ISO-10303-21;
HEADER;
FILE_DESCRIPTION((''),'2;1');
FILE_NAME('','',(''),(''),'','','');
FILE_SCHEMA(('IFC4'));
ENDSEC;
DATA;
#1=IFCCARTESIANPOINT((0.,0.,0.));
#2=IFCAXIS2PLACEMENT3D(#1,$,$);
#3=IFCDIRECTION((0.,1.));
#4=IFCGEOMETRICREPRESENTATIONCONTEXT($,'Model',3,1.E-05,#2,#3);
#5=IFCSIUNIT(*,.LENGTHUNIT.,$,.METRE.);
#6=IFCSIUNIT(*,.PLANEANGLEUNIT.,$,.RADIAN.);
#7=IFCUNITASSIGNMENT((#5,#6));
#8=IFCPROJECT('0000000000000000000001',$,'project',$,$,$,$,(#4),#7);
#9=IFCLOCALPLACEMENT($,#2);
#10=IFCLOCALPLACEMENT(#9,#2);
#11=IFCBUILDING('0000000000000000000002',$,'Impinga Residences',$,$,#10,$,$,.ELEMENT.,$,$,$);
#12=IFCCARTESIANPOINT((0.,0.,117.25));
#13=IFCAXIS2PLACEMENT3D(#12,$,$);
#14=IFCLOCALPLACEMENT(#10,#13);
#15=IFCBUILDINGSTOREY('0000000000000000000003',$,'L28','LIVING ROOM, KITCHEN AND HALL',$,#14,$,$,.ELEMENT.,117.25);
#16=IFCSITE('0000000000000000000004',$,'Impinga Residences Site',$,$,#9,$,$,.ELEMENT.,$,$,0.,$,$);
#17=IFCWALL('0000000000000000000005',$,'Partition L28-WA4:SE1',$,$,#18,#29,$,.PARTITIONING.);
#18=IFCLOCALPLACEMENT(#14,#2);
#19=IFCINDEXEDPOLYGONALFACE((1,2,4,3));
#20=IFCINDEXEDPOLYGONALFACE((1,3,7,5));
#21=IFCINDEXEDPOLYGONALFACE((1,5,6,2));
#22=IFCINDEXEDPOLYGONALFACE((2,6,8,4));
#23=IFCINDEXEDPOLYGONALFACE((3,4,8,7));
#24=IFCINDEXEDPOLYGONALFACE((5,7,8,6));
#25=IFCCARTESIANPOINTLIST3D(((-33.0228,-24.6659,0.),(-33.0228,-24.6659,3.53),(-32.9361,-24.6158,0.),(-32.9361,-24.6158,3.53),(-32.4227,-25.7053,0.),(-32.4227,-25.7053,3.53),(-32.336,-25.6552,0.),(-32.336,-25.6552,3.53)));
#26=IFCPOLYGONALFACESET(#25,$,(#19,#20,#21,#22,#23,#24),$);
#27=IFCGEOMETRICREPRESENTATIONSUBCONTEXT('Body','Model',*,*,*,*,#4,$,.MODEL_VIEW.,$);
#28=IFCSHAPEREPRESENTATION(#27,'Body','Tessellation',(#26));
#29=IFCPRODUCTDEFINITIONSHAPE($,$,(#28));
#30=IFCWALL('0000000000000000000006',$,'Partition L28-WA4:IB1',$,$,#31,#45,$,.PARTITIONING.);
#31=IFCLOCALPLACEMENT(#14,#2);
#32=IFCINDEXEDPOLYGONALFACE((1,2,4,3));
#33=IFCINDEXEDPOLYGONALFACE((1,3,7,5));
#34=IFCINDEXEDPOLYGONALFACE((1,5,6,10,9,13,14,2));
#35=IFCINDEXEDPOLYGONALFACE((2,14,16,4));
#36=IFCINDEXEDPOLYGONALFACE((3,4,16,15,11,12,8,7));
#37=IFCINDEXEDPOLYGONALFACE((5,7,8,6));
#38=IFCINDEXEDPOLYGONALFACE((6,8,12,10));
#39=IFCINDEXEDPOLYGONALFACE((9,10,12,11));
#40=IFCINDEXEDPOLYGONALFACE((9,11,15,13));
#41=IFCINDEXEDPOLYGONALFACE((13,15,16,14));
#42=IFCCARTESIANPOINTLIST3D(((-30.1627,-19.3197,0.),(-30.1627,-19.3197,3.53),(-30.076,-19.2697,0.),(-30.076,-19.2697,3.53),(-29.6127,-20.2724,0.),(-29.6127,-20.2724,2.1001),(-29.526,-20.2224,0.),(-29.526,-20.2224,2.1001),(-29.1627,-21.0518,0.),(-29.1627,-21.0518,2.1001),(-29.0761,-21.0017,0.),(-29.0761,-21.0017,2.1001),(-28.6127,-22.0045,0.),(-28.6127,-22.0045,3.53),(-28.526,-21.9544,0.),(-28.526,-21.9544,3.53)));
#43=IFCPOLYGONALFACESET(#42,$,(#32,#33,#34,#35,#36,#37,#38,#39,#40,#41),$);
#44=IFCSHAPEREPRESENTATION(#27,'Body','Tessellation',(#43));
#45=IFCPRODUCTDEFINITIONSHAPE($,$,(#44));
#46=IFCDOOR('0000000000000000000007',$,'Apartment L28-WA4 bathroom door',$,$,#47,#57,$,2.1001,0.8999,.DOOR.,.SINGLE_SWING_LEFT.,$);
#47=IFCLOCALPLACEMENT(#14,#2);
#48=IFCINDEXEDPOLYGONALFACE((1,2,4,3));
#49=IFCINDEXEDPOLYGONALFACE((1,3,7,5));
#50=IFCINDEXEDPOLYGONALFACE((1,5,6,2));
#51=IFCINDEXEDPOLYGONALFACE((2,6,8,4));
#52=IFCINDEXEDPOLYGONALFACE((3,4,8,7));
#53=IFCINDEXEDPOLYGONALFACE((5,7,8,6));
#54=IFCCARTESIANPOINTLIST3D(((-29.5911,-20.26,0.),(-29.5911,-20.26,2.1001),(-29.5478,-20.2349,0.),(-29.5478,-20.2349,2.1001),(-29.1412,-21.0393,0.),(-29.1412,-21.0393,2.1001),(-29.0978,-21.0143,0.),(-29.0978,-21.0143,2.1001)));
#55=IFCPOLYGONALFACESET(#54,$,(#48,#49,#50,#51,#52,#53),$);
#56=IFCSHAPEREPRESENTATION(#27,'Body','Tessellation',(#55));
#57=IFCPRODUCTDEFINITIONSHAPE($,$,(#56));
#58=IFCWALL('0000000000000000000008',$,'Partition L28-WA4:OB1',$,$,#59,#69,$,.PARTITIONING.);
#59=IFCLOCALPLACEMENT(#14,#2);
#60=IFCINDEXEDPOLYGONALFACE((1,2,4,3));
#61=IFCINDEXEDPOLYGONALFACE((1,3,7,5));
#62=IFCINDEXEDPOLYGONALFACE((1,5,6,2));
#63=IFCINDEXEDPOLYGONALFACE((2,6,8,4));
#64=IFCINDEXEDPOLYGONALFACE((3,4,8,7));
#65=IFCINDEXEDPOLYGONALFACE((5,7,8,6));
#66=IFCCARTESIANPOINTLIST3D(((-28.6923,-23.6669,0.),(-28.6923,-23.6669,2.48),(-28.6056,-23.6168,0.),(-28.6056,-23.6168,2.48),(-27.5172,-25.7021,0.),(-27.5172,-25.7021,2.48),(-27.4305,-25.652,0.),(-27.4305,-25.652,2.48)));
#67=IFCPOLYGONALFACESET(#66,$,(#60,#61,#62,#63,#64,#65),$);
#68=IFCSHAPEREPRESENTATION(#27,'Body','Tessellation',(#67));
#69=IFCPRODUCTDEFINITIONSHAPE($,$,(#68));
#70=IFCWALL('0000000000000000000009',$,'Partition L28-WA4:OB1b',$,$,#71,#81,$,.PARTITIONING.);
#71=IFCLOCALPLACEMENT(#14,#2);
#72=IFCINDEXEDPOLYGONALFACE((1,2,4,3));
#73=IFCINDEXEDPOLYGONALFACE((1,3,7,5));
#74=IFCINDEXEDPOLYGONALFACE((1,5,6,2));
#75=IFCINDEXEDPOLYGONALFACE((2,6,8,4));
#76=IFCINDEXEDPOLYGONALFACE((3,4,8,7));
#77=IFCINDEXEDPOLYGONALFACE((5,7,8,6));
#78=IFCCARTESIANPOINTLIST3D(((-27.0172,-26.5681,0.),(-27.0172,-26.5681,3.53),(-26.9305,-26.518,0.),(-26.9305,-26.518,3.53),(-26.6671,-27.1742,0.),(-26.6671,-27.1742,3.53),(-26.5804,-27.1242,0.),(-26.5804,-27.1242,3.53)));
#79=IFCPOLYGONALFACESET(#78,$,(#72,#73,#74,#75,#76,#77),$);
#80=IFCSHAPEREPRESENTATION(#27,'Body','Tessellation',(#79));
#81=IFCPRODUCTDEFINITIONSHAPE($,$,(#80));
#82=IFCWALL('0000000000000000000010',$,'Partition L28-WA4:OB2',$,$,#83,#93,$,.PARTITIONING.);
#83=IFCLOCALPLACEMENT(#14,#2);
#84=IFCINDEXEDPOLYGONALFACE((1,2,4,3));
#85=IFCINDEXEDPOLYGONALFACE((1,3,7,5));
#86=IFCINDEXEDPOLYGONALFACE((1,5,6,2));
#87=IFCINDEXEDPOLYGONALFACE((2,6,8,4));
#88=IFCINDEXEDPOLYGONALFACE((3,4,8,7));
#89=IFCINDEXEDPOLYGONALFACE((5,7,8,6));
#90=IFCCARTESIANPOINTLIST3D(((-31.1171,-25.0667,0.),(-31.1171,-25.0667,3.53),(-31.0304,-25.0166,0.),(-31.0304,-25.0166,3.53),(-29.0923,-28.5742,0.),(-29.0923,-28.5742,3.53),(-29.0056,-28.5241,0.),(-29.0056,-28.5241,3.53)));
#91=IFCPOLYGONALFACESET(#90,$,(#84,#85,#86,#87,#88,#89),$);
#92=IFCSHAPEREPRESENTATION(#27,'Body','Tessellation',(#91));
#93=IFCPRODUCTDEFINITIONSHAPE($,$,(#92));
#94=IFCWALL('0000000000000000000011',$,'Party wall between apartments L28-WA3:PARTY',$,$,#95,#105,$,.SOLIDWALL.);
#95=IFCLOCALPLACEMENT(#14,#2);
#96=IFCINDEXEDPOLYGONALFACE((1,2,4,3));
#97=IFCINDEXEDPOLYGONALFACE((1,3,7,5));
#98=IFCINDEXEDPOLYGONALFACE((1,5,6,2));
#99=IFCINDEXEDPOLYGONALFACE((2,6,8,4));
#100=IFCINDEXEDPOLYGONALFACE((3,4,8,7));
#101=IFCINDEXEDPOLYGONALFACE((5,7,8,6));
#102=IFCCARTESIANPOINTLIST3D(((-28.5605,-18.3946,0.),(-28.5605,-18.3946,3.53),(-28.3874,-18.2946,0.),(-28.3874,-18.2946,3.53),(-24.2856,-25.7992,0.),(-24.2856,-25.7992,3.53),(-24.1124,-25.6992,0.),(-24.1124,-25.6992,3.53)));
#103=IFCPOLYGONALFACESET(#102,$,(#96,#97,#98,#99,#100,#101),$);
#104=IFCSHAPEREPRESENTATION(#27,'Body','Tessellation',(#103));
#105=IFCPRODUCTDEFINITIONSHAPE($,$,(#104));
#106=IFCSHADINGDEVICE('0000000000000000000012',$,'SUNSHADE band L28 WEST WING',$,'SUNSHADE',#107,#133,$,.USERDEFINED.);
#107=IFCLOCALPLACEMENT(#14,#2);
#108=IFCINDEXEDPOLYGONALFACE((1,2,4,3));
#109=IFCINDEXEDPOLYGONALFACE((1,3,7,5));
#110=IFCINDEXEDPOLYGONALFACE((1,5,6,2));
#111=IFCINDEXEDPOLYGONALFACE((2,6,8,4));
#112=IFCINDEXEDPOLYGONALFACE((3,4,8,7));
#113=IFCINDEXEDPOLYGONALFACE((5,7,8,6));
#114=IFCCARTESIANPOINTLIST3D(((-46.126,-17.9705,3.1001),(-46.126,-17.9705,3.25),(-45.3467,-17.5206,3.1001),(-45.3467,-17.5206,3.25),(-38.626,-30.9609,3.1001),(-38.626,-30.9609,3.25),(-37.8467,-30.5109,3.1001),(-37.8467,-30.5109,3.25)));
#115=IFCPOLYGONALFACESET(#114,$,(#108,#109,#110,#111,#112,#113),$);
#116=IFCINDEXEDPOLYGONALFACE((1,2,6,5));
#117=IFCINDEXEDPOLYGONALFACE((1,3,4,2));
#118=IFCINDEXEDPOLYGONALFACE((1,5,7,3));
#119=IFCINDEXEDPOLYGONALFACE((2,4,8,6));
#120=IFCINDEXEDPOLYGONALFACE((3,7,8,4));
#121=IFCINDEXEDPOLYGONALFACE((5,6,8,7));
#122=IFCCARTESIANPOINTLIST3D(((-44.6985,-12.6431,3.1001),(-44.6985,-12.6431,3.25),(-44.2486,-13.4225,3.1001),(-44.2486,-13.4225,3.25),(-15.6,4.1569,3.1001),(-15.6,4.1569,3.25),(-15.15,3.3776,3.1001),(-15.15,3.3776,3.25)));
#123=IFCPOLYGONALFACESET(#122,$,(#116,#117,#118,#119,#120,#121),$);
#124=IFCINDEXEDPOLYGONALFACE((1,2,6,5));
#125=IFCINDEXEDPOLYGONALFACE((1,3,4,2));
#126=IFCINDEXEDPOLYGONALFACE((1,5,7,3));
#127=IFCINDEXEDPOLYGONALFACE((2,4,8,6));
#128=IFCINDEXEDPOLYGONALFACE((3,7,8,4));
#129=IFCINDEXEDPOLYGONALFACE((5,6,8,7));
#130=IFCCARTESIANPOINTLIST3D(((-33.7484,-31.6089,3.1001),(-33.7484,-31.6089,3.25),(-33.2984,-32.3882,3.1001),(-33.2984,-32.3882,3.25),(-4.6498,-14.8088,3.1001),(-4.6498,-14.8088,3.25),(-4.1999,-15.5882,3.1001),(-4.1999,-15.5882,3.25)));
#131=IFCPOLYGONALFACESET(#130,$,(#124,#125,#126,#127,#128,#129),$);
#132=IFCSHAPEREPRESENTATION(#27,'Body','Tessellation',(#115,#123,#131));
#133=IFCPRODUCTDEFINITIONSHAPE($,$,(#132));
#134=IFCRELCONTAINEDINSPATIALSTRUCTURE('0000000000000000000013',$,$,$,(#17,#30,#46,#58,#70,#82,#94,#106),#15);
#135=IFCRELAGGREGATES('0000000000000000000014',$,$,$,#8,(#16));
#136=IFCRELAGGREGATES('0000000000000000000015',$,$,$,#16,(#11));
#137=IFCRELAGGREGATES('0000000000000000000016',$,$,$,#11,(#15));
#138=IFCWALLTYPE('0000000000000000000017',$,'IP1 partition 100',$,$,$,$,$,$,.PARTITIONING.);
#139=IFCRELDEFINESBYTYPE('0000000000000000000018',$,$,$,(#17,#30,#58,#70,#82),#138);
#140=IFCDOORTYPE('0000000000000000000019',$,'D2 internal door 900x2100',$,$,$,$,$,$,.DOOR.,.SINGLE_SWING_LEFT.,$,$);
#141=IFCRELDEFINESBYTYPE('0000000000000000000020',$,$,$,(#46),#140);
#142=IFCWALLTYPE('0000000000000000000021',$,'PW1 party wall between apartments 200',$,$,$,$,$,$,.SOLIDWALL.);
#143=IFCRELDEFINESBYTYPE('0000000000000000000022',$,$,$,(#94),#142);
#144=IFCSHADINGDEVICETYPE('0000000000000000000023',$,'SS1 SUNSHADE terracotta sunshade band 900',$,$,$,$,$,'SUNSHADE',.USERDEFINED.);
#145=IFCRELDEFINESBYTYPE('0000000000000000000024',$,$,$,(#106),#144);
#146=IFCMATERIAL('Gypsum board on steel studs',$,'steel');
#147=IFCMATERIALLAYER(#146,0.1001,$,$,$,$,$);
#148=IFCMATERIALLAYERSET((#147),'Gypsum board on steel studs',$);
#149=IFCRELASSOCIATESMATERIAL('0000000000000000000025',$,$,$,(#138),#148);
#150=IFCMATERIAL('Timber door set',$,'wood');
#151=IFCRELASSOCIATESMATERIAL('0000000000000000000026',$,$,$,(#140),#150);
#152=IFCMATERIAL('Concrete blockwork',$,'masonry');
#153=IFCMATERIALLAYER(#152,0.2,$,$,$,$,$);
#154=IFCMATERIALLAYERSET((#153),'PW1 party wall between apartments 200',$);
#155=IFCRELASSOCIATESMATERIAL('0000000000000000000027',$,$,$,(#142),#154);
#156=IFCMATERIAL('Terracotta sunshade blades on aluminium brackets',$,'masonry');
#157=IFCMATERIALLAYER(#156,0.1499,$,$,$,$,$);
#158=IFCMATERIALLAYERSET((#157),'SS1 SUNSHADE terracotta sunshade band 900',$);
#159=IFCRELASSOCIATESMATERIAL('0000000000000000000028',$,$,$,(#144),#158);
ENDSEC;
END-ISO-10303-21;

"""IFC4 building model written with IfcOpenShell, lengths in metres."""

from ifc_helpers import new_model, si_unit, direction, frame, frame_2d, origin, origin_2d, place, context, subcontext, project, spatial, rectangle, extrude, material, layer, layer_set, type_object, element, fill, save


model = new_model("IFC4")

# Units and contexts
model_context = context("Model", 3, precision=1e-05, world=origin(), true_north=direction((0.0, 1.0)))
body_context = subcontext(model_context, "Body", "Model", "MODEL_VIEW")
ifc_project = project(units=[si_unit("LENGTHUNIT", "METRE"), si_unit("PLANEANGLEUNIT", "RADIAN")], contexts=[model_context])

# Site, building, storey
site_placement = place(None, origin())
site = spatial("IfcSite", under=ifc_project, at=site_placement, Name="Impinga Residences Site", CompositionType="ELEMENT", RefElevation=0.0)
building_placement = place(site_placement, origin())
building = spatial("IfcBuilding", under=site, at=building_placement, Name="Impinga Residences", CompositionType="ELEMENT")
storey_placement = place(building_placement, frame((0.0, 0.0, 117.25)))
storey = spatial("IfcBuildingStorey", under=building, at=storey_placement, Name="L28", Description="LIVING ROOM, KITCHEN AND HALL", CompositionType="ELEMENT", Elevation=117.25)

# Shared definitions
ifc_material_1 = material(Name="Concrete blockwork", Category="masonry")
ifc_material_2 = material(Name="Timber door set", Category="wood")

# Wall
ifc_material_3 = material(Name="Gypsum board on steel studs", Category="steel")
ifc_layer_1 = layer(ifc_material_3, 0.1001)
ifc_layer_set_1 = layer_set([ifc_layer_1], Name="Gypsum board on steel studs")
wall_type_1 = type_object("IfcWallType", Name="IP1 partition 100", PredefinedType="PARTITIONING", material=ifc_layer_set_1)
wall_1_placement = place(storey_placement, frame((-32.9795, -24.6409, 0.0), z_axis=(0.0, 0.0, 1.0), x_axis=(0.500034, -0.866006, 0.0)))
element("IfcWall", 1, at=wall_1_placement, inside=storey, type_object=wall_type_1, Name="Partition L28-WA4:SE1", PredefinedType="PARTITIONING", context=body_context, shape_type="SweptSolid", body=[
    extrude(rectangle(XDim=1.2002, YDim=0.1001, at=frame_2d((0.6001, 0.0))), origin(), (0.0, 0.0, 1.0), 3.53),
])

# Wall, opening, door
wall_2_placement = place(storey_placement, frame((-30.1194, -19.2947, 0.0), z_axis=(0.0, 0.0, 1.0), x_axis=(0.499993, -0.86603, 0.0)))
wall_2 = element("IfcWall", 2, at=wall_2_placement, inside=storey, type_object=wall_type_1, Name="Partition L28-WA4:IB1", PredefinedType="PARTITIONING", context=body_context, shape_type="SweptSolid", body=[
    extrude(rectangle(XDim=3.1001, YDim=0.1001, at=frame_2d((1.55, 0.0))), origin(), (0.0, 0.0, 1.0), 3.53),
])
opening_1_placement = place(wall_2_placement, frame((1.1001, 0.0, 0.0)))
opening_1 = element("IfcOpeningElement", 3, at=opening_1_placement, cuts=wall_2, PredefinedType="OPENING", context=body_context, shape_type="SweptSolid", body=[
    extrude(rectangle(XDim=0.8999, YDim=2.1001, at=frame_2d((0.45, 1.05))), frame((0.0, 0.0601, 0.0), z_axis=(0.0, -1.0, 0.0), x_axis=(1.0, 0.0, 0.0)), (0.0, 0.0, 1.0), 0.1201),
])
door_type_1 = type_object("IfcDoorType", Name="D2 internal door 900x2100", OperationType="SINGLE_SWING_LEFT", PredefinedType="DOOR", material=ifc_material_2)
door_1_placement = place(opening_1_placement, origin())
door_1 = element("IfcDoor", 4, at=door_1_placement, inside=storey, type_object=door_type_1, Name="Apartment L28-WA4 bathroom door", OperationType="SINGLE_SWING_LEFT", OverallHeight=2.1001, OverallWidth=0.8999, PredefinedType="DOOR", context=body_context, shape_type="SweptSolid", body=[
    extrude(rectangle(XDim=0.8999, YDim=2.1001, at=frame_2d((0.45, 1.05))), frame((0.0, 0.0249, 0.0), z_axis=(0.0, -1.0, 0.0), x_axis=(1.0, 0.0, 0.0)), (0.0, 0.0, 1.0), 0.05),
])
fill(opening_1, door_1)

# Walls
wall_3_placement = place(storey_placement, frame((-28.6489, -23.6418, 0.0), z_axis=(0.0, 0.0, 1.0), x_axis=(0.500016, -0.866016, 0.0)))
element("IfcWall", 5, at=wall_3_placement, inside=storey, type_object=wall_type_1, Name="Partition L28-WA4:OB1", PredefinedType="PARTITIONING", context=body_context, shape_type="SweptSolid", body=[
    extrude(rectangle(XDim=2.3501, YDim=0.1001, at=frame_2d((1.175, 0.0))), origin(), (0.0, 0.0, 1.0), 2.48),
])
wall_4_placement = place(storey_placement, frame((-26.9739, -26.543, 0.0), z_axis=(0.0, 0.0, 1.0), x_axis=(0.500115, -0.865959, 0.0)))
element("IfcWall", 6, at=wall_4_placement, inside=storey, type_object=wall_type_1, Name="Partition L28-WA4:OB1b", PredefinedType="PARTITIONING", context=body_context, shape_type="SweptSolid", body=[
    extrude(rectangle(XDim=0.7, YDim=0.1001, at=frame_2d((0.3501, 0.0))), origin(), (0.0, 0.0, 1.0), 3.53),
])
wall_5_placement = place(storey_placement, frame((-31.0737, -25.0417, 0.0), z_axis=(0.0, 0.0, 1.0), x_axis=(0.499964, -0.866046, 0.0)))
element("IfcWall", 7, at=wall_5_placement, inside=storey, type_object=wall_type_1, Name="Partition L28-WA4:OB2", PredefinedType="PARTITIONING", context=body_context, shape_type="SweptSolid", body=[
    extrude(rectangle(XDim=4.05, YDim=0.1001, at=frame_2d((2.0249, 0.0))), origin(), (0.0, 0.0, 1.0), 3.53),
])
ifc_layer_2 = layer(ifc_material_1, 0.2)
ifc_layer_set_2 = layer_set([ifc_layer_2], Name="PW1 party wall between apartments 200")
wall_type_2 = type_object("IfcWallType", Name="PW1 party wall between apartments 200", PredefinedType="SOLIDWALL", material=ifc_layer_set_2)
wall_6_placement = place(storey_placement, frame((-28.4739, -18.3447, 0.0), z_axis=(0.0, 0.0, 1.0), x_axis=(0.49999, -0.866031, 0.0)))
element("IfcWall", 8, at=wall_6_placement, inside=storey, type_object=wall_type_2, Name="Party wall between apartments L28-WA3:PARTY", PredefinedType="SOLIDWALL", context=body_context, shape_type="SweptSolid", body=[
    extrude(rectangle(XDim=8.55, YDim=0.2, at=frame_2d((4.2749, 0.0))), origin(), (0.0, 0.0, 1.0), 3.53),
])

# Shading device
ifc_material_4 = material(Name="Terracotta sunshade blades on aluminium brackets", Category="masonry")
ifc_layer_3 = layer(ifc_material_4, 0.1499)
ifc_layer_set_3 = layer_set([ifc_layer_3], Name="SS1 SUNSHADE terracotta sunshade band 900")
shading_device_type = type_object("IfcShadingDeviceType", Name="SS1 SUNSHADE terracotta sunshade band 900", ElementType="SUNSHADE", PredefinedType="USERDEFINED", material=ifc_layer_set_3)
shading_device_placement = place(storey_placement, frame((-41.9863, -24.2407, 3.1001), z_axis=(0.0, 0.0, 1.0), x_axis=(-0.5, 0.866025, 0.0)))
element("IfcShadingDevice", 9, at=shading_device_placement, inside=storey, type_object=shading_device_type, Name="SUNSHADE band L28 WEST WING", ObjectType="SUNSHADE", PredefinedType="USERDEFINED", context=body_context, shape_type="SweptSolid", body=[
    extrude(rectangle(XDim=15.0, YDim=0.8999, at=origin_2d()), origin(), (0.0, 0.0, 1.0), 0.1499),
    extrude(rectangle(XDim=33.6001, YDim=0.8999, at=origin_2d()), frame((10.95, -20.25, 0.0), z_axis=(0.0, 0.0, 1.0), x_axis=(0.0, -1.0, 0.0)), (0.0, 0.0, 1.0), 0.1499),
    extrude(rectangle(XDim=33.6001, YDim=0.8999, at=origin_2d()), frame((-10.95, -20.2502, 0.0), z_axis=(0.0, 0.0, 1.0), x_axis=(0.0, 1.0, 0.0)), (0.0, 0.0, 1.0), 0.1499),
])

save(model, "model.ifc")
